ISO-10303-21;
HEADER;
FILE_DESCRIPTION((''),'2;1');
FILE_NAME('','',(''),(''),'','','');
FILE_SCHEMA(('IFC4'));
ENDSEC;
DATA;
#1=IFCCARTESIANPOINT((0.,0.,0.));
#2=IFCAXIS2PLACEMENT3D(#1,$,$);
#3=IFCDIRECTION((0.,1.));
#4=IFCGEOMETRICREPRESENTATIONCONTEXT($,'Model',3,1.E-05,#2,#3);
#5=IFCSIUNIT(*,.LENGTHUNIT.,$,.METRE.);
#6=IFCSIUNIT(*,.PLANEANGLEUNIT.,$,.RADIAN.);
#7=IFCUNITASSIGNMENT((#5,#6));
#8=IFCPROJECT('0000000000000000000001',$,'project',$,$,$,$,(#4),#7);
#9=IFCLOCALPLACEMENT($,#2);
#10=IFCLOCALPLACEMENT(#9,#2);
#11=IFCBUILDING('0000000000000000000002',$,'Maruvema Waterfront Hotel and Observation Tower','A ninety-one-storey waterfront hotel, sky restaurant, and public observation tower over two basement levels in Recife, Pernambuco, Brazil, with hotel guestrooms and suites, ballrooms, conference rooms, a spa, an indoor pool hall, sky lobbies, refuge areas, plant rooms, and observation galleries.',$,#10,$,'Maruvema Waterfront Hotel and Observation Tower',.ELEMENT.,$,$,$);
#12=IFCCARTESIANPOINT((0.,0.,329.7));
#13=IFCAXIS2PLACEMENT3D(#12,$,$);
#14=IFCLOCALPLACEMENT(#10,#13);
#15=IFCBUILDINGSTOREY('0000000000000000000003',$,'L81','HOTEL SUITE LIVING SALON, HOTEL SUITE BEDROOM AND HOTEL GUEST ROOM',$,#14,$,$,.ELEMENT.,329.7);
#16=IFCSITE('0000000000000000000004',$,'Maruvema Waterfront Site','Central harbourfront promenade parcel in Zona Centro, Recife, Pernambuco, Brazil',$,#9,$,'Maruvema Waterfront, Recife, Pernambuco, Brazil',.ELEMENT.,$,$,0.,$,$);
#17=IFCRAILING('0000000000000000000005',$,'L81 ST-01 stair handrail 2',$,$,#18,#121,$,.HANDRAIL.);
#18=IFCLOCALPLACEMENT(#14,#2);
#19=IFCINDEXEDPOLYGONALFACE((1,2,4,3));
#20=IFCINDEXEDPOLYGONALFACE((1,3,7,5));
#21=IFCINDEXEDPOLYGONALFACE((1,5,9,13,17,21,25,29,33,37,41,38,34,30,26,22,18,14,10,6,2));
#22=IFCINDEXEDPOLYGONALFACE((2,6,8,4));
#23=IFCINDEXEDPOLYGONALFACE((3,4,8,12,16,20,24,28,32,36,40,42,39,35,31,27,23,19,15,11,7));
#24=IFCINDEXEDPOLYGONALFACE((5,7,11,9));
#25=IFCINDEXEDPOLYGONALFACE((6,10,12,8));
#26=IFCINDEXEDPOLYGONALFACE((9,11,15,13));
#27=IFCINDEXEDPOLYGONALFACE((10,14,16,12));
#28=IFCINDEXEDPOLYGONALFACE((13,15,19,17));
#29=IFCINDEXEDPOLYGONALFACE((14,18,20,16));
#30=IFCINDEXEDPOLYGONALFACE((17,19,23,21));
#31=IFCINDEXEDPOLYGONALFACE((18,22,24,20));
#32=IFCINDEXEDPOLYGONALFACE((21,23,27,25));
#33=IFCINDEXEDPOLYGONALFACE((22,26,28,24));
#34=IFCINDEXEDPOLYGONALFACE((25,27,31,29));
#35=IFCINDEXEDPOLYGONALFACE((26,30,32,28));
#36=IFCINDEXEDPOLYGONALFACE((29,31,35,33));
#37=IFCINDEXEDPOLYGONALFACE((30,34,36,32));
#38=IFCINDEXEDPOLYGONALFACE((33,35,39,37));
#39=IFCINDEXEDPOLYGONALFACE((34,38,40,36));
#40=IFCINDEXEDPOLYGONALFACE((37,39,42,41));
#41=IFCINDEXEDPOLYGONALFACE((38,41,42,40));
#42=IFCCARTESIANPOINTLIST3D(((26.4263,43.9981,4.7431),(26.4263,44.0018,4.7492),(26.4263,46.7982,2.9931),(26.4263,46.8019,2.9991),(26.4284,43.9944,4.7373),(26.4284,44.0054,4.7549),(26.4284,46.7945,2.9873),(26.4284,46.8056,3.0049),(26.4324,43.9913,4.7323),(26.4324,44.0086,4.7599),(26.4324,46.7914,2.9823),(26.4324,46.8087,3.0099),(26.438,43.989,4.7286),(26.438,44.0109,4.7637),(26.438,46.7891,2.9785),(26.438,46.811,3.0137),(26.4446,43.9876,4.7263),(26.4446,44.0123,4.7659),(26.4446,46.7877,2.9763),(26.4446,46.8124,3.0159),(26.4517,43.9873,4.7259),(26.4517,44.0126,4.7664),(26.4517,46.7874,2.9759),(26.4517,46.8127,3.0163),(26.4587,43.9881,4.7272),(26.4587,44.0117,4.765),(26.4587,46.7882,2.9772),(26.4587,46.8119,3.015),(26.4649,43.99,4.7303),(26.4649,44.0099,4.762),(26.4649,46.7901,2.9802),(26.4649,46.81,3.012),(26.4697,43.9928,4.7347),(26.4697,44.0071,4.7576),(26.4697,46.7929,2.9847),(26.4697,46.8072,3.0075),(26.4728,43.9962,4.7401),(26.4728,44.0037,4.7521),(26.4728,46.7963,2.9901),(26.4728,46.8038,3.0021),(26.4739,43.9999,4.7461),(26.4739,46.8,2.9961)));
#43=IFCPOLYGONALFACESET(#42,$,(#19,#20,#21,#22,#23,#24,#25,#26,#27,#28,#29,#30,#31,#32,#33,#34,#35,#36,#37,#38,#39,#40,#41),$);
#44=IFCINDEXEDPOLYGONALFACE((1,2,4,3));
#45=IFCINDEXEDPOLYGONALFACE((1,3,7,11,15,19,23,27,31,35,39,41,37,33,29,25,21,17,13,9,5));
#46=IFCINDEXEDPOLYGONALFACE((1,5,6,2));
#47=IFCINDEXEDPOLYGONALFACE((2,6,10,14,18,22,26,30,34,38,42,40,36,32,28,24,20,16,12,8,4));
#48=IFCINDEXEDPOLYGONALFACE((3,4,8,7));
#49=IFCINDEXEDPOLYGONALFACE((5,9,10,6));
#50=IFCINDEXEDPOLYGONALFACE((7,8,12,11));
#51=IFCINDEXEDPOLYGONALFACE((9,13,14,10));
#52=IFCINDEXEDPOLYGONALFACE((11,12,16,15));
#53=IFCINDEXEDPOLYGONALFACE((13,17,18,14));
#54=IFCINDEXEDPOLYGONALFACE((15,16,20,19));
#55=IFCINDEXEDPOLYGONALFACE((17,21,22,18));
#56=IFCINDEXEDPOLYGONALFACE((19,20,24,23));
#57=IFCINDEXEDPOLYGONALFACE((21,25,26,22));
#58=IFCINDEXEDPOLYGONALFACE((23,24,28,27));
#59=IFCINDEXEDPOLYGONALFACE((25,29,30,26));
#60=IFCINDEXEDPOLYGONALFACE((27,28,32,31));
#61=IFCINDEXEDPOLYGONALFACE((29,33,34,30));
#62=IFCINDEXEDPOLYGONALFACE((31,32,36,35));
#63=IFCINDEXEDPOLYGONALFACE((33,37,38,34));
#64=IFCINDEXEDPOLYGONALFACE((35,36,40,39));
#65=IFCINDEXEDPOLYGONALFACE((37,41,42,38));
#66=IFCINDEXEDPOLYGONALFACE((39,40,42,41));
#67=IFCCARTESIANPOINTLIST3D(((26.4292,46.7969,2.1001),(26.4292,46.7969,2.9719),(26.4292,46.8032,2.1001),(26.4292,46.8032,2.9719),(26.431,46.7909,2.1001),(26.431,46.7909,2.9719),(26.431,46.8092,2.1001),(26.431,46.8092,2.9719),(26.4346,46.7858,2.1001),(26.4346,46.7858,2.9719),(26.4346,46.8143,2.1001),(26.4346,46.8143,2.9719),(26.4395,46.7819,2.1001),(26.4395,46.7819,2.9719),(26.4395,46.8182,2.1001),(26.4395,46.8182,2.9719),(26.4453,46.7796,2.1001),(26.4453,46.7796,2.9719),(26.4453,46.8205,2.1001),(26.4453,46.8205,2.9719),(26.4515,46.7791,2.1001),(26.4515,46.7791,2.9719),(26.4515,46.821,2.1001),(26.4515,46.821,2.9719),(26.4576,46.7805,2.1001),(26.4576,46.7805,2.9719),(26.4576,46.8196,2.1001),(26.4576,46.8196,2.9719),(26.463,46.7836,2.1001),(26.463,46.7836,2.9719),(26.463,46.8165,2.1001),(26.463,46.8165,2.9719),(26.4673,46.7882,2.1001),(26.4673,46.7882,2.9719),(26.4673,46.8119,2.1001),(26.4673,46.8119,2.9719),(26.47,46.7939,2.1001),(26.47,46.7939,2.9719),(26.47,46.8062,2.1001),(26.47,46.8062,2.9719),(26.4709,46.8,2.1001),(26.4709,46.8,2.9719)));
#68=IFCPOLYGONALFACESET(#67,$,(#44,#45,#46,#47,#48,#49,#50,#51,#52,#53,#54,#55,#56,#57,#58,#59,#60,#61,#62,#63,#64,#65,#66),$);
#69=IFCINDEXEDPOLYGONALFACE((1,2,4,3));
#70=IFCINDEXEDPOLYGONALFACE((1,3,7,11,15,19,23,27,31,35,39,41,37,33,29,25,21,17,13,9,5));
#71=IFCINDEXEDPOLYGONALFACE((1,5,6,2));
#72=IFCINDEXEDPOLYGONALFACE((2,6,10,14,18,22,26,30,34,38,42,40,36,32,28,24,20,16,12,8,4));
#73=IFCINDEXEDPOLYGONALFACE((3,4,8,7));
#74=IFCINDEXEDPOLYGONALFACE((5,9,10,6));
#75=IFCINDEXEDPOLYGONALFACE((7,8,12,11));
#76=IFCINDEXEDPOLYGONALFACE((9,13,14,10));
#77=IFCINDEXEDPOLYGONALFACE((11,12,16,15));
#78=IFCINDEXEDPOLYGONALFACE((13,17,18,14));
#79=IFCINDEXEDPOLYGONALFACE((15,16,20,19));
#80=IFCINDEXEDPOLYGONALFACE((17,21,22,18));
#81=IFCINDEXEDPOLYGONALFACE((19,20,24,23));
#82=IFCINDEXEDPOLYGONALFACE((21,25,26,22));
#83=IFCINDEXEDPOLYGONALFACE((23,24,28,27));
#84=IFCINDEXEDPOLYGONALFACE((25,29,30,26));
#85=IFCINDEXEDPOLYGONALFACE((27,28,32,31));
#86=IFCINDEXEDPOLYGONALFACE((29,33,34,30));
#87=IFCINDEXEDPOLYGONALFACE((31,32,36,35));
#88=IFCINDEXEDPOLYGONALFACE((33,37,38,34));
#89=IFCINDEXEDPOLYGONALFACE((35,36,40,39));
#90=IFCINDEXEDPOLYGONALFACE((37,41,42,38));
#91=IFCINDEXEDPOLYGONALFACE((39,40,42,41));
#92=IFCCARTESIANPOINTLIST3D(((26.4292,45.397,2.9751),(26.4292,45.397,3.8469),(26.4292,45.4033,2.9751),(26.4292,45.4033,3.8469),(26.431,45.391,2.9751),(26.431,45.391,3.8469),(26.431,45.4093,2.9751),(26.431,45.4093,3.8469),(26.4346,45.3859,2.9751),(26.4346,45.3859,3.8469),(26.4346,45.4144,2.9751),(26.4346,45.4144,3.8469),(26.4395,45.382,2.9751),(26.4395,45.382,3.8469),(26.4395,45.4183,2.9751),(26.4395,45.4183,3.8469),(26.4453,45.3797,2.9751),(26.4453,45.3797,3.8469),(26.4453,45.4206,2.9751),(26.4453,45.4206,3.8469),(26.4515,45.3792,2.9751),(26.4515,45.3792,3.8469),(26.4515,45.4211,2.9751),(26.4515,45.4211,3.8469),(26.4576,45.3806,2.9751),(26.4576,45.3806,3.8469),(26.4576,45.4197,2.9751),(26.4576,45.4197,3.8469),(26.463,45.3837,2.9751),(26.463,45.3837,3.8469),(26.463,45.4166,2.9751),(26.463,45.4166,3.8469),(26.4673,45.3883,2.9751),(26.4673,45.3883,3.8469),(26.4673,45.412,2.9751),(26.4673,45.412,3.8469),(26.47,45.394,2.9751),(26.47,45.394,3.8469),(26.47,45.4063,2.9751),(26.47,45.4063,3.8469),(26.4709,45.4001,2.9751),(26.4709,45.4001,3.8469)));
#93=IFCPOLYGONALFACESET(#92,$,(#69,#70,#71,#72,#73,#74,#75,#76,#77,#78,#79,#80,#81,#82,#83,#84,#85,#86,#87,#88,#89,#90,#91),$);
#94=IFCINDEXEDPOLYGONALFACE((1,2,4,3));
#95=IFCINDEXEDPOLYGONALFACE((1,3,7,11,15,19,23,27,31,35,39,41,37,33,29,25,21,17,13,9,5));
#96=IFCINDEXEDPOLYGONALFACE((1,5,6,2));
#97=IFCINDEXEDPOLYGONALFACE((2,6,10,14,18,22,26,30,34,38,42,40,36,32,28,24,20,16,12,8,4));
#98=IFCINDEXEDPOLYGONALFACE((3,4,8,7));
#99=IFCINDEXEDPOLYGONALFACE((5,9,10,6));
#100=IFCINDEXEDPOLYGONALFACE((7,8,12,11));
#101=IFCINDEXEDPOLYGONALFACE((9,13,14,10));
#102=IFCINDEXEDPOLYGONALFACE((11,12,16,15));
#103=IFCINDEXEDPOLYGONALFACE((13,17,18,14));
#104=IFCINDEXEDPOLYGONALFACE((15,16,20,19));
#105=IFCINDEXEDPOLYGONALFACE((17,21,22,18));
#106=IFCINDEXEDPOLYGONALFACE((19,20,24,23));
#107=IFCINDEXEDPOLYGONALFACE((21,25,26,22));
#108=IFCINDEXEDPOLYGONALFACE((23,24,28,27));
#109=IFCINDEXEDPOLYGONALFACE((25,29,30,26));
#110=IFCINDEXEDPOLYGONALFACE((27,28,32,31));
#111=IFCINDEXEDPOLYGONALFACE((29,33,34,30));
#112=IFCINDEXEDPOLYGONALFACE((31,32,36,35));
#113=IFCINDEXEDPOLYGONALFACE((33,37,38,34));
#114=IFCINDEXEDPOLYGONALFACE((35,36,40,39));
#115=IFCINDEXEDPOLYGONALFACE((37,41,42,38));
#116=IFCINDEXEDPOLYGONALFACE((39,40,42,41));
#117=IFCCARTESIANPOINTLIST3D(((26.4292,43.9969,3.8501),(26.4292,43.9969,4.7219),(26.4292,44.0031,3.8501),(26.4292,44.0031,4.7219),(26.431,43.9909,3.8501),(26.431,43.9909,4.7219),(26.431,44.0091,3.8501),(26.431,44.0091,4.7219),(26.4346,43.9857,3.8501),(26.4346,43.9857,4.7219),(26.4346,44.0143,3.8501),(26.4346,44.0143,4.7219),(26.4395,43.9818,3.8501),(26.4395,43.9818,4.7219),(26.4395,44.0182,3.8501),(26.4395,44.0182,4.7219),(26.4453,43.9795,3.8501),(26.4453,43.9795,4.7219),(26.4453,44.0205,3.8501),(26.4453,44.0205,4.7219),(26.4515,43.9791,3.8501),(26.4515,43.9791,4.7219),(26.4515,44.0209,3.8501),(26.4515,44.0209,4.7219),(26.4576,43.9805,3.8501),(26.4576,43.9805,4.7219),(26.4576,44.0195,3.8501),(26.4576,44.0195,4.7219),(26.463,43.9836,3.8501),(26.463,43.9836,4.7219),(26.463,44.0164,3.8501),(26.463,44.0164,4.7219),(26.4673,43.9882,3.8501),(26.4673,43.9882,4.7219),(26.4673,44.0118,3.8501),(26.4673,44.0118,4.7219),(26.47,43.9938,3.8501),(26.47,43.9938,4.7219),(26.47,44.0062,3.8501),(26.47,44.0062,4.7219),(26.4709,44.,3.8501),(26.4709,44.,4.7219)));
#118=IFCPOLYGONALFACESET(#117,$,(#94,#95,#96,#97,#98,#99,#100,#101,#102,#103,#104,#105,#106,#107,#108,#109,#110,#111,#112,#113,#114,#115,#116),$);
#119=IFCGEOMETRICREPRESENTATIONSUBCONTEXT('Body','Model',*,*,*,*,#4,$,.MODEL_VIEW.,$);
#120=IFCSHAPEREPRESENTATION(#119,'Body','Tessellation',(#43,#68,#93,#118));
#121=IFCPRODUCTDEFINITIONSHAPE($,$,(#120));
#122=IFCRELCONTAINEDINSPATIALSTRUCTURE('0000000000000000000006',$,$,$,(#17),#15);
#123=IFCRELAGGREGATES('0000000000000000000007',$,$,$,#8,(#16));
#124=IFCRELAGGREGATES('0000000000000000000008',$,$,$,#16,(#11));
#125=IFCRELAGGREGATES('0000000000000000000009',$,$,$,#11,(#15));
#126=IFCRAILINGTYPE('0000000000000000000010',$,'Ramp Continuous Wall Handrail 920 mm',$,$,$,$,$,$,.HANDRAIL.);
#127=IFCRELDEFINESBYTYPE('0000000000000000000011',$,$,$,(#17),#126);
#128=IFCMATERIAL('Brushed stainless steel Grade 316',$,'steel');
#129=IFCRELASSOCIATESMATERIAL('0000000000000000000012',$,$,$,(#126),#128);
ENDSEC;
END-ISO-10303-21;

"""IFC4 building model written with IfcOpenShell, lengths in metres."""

from ifc_helpers import new_model, si_unit, direction, frame, origin, origin_2d, place, context, subcontext, project, spatial, circle, extrude, material, type_object, element, save


model = new_model("IFC4")

# Units and contexts
model_context = context("Model", 3, precision=1e-05, world=origin(), true_north=direction((0.0, 1.0)))
body_context = subcontext(model_context, "Body", "Model", "MODEL_VIEW")
ifc_project = project(units=[si_unit("LENGTHUNIT", "METRE"), si_unit("PLANEANGLEUNIT", "RADIAN")], contexts=[model_context])

# Site, building, storey
site_placement = place(None, origin())
site = spatial("IfcSite", under=ifc_project, at=site_placement, Name="Maruvema Waterfront Site", Description="Central harbourfront promenade parcel in Zona Centro, Recife, Pernambuco, Brazil", LongName="Maruvema Waterfront, Recife, Pernambuco, Brazil", CompositionType="ELEMENT", RefElevation=0.0)
building_placement = place(site_placement, origin())
building = spatial("IfcBuilding", under=site, at=building_placement, Name="Maruvema Waterfront Hotel and Observation Tower", Description="A ninety-one-storey waterfront hotel, sky restaurant, and public observation tower over two basement levels in Recife, Pernambuco, Brazil, with hotel guestrooms and suites, ballrooms, conference rooms, a spa, an indoor pool hall, sky lobbies, refuge areas, plant rooms, and observation galleries.", LongName="Maruvema Waterfront Hotel and Observation Tower", CompositionType="ELEMENT")
storey_placement = place(building_placement, frame((0.0, 0.0, 329.7)))
storey = spatial("IfcBuildingStorey", under=building, at=storey_placement, Name="L81", Description="HOTEL SUITE LIVING SALON, HOTEL SUITE BEDROOM AND HOTEL GUEST ROOM", CompositionType="ELEMENT", Elevation=329.7)

# Railing
ifc_material_1 = material(Name="Brushed stainless steel Grade 316", Category="steel")
railing_type_1 = type_object("IfcRailingType", Name="Ramp Continuous Wall Handrail 920 mm", PredefinedType="HANDRAIL", material=ifc_material_1)
railing_1_placement = place(storey_placement, frame((26.45, 46.8, 2.1001)))
element("IfcRailing", 1, at=railing_1_placement, inside=storey, type_object=railing_type_1, Name="L81 ST-01 stair handrail 2", PredefinedType="HANDRAIL", context=body_context, shape_type="SweptSolid", body=[
    extrude(circle(Radius=0.0239, at=origin_2d()), frame((0.0, 0.0, 0.896), z_axis=(0.0, -0.848002, 0.529992), x_axis=(1.0, 0.0, 0.0)), (0.0, 0.0, 1.0), 3.302),
    extrude(circle(Radius=0.021, at=origin_2d()), origin(), (0.0, 0.0, 1.0), 0.8718),
    extrude(circle(Radius=0.021, at=origin_2d()), frame((0.0, -1.3999, 0.875)), (0.0, 0.0, 1.0), 0.8718),
    extrude(circle(Radius=0.021, at=origin_2d()), frame((0.0, -2.8, 1.75)), (0.0, 0.0, 1.0), 0.8718),
])

save(model, "model.ifc")
